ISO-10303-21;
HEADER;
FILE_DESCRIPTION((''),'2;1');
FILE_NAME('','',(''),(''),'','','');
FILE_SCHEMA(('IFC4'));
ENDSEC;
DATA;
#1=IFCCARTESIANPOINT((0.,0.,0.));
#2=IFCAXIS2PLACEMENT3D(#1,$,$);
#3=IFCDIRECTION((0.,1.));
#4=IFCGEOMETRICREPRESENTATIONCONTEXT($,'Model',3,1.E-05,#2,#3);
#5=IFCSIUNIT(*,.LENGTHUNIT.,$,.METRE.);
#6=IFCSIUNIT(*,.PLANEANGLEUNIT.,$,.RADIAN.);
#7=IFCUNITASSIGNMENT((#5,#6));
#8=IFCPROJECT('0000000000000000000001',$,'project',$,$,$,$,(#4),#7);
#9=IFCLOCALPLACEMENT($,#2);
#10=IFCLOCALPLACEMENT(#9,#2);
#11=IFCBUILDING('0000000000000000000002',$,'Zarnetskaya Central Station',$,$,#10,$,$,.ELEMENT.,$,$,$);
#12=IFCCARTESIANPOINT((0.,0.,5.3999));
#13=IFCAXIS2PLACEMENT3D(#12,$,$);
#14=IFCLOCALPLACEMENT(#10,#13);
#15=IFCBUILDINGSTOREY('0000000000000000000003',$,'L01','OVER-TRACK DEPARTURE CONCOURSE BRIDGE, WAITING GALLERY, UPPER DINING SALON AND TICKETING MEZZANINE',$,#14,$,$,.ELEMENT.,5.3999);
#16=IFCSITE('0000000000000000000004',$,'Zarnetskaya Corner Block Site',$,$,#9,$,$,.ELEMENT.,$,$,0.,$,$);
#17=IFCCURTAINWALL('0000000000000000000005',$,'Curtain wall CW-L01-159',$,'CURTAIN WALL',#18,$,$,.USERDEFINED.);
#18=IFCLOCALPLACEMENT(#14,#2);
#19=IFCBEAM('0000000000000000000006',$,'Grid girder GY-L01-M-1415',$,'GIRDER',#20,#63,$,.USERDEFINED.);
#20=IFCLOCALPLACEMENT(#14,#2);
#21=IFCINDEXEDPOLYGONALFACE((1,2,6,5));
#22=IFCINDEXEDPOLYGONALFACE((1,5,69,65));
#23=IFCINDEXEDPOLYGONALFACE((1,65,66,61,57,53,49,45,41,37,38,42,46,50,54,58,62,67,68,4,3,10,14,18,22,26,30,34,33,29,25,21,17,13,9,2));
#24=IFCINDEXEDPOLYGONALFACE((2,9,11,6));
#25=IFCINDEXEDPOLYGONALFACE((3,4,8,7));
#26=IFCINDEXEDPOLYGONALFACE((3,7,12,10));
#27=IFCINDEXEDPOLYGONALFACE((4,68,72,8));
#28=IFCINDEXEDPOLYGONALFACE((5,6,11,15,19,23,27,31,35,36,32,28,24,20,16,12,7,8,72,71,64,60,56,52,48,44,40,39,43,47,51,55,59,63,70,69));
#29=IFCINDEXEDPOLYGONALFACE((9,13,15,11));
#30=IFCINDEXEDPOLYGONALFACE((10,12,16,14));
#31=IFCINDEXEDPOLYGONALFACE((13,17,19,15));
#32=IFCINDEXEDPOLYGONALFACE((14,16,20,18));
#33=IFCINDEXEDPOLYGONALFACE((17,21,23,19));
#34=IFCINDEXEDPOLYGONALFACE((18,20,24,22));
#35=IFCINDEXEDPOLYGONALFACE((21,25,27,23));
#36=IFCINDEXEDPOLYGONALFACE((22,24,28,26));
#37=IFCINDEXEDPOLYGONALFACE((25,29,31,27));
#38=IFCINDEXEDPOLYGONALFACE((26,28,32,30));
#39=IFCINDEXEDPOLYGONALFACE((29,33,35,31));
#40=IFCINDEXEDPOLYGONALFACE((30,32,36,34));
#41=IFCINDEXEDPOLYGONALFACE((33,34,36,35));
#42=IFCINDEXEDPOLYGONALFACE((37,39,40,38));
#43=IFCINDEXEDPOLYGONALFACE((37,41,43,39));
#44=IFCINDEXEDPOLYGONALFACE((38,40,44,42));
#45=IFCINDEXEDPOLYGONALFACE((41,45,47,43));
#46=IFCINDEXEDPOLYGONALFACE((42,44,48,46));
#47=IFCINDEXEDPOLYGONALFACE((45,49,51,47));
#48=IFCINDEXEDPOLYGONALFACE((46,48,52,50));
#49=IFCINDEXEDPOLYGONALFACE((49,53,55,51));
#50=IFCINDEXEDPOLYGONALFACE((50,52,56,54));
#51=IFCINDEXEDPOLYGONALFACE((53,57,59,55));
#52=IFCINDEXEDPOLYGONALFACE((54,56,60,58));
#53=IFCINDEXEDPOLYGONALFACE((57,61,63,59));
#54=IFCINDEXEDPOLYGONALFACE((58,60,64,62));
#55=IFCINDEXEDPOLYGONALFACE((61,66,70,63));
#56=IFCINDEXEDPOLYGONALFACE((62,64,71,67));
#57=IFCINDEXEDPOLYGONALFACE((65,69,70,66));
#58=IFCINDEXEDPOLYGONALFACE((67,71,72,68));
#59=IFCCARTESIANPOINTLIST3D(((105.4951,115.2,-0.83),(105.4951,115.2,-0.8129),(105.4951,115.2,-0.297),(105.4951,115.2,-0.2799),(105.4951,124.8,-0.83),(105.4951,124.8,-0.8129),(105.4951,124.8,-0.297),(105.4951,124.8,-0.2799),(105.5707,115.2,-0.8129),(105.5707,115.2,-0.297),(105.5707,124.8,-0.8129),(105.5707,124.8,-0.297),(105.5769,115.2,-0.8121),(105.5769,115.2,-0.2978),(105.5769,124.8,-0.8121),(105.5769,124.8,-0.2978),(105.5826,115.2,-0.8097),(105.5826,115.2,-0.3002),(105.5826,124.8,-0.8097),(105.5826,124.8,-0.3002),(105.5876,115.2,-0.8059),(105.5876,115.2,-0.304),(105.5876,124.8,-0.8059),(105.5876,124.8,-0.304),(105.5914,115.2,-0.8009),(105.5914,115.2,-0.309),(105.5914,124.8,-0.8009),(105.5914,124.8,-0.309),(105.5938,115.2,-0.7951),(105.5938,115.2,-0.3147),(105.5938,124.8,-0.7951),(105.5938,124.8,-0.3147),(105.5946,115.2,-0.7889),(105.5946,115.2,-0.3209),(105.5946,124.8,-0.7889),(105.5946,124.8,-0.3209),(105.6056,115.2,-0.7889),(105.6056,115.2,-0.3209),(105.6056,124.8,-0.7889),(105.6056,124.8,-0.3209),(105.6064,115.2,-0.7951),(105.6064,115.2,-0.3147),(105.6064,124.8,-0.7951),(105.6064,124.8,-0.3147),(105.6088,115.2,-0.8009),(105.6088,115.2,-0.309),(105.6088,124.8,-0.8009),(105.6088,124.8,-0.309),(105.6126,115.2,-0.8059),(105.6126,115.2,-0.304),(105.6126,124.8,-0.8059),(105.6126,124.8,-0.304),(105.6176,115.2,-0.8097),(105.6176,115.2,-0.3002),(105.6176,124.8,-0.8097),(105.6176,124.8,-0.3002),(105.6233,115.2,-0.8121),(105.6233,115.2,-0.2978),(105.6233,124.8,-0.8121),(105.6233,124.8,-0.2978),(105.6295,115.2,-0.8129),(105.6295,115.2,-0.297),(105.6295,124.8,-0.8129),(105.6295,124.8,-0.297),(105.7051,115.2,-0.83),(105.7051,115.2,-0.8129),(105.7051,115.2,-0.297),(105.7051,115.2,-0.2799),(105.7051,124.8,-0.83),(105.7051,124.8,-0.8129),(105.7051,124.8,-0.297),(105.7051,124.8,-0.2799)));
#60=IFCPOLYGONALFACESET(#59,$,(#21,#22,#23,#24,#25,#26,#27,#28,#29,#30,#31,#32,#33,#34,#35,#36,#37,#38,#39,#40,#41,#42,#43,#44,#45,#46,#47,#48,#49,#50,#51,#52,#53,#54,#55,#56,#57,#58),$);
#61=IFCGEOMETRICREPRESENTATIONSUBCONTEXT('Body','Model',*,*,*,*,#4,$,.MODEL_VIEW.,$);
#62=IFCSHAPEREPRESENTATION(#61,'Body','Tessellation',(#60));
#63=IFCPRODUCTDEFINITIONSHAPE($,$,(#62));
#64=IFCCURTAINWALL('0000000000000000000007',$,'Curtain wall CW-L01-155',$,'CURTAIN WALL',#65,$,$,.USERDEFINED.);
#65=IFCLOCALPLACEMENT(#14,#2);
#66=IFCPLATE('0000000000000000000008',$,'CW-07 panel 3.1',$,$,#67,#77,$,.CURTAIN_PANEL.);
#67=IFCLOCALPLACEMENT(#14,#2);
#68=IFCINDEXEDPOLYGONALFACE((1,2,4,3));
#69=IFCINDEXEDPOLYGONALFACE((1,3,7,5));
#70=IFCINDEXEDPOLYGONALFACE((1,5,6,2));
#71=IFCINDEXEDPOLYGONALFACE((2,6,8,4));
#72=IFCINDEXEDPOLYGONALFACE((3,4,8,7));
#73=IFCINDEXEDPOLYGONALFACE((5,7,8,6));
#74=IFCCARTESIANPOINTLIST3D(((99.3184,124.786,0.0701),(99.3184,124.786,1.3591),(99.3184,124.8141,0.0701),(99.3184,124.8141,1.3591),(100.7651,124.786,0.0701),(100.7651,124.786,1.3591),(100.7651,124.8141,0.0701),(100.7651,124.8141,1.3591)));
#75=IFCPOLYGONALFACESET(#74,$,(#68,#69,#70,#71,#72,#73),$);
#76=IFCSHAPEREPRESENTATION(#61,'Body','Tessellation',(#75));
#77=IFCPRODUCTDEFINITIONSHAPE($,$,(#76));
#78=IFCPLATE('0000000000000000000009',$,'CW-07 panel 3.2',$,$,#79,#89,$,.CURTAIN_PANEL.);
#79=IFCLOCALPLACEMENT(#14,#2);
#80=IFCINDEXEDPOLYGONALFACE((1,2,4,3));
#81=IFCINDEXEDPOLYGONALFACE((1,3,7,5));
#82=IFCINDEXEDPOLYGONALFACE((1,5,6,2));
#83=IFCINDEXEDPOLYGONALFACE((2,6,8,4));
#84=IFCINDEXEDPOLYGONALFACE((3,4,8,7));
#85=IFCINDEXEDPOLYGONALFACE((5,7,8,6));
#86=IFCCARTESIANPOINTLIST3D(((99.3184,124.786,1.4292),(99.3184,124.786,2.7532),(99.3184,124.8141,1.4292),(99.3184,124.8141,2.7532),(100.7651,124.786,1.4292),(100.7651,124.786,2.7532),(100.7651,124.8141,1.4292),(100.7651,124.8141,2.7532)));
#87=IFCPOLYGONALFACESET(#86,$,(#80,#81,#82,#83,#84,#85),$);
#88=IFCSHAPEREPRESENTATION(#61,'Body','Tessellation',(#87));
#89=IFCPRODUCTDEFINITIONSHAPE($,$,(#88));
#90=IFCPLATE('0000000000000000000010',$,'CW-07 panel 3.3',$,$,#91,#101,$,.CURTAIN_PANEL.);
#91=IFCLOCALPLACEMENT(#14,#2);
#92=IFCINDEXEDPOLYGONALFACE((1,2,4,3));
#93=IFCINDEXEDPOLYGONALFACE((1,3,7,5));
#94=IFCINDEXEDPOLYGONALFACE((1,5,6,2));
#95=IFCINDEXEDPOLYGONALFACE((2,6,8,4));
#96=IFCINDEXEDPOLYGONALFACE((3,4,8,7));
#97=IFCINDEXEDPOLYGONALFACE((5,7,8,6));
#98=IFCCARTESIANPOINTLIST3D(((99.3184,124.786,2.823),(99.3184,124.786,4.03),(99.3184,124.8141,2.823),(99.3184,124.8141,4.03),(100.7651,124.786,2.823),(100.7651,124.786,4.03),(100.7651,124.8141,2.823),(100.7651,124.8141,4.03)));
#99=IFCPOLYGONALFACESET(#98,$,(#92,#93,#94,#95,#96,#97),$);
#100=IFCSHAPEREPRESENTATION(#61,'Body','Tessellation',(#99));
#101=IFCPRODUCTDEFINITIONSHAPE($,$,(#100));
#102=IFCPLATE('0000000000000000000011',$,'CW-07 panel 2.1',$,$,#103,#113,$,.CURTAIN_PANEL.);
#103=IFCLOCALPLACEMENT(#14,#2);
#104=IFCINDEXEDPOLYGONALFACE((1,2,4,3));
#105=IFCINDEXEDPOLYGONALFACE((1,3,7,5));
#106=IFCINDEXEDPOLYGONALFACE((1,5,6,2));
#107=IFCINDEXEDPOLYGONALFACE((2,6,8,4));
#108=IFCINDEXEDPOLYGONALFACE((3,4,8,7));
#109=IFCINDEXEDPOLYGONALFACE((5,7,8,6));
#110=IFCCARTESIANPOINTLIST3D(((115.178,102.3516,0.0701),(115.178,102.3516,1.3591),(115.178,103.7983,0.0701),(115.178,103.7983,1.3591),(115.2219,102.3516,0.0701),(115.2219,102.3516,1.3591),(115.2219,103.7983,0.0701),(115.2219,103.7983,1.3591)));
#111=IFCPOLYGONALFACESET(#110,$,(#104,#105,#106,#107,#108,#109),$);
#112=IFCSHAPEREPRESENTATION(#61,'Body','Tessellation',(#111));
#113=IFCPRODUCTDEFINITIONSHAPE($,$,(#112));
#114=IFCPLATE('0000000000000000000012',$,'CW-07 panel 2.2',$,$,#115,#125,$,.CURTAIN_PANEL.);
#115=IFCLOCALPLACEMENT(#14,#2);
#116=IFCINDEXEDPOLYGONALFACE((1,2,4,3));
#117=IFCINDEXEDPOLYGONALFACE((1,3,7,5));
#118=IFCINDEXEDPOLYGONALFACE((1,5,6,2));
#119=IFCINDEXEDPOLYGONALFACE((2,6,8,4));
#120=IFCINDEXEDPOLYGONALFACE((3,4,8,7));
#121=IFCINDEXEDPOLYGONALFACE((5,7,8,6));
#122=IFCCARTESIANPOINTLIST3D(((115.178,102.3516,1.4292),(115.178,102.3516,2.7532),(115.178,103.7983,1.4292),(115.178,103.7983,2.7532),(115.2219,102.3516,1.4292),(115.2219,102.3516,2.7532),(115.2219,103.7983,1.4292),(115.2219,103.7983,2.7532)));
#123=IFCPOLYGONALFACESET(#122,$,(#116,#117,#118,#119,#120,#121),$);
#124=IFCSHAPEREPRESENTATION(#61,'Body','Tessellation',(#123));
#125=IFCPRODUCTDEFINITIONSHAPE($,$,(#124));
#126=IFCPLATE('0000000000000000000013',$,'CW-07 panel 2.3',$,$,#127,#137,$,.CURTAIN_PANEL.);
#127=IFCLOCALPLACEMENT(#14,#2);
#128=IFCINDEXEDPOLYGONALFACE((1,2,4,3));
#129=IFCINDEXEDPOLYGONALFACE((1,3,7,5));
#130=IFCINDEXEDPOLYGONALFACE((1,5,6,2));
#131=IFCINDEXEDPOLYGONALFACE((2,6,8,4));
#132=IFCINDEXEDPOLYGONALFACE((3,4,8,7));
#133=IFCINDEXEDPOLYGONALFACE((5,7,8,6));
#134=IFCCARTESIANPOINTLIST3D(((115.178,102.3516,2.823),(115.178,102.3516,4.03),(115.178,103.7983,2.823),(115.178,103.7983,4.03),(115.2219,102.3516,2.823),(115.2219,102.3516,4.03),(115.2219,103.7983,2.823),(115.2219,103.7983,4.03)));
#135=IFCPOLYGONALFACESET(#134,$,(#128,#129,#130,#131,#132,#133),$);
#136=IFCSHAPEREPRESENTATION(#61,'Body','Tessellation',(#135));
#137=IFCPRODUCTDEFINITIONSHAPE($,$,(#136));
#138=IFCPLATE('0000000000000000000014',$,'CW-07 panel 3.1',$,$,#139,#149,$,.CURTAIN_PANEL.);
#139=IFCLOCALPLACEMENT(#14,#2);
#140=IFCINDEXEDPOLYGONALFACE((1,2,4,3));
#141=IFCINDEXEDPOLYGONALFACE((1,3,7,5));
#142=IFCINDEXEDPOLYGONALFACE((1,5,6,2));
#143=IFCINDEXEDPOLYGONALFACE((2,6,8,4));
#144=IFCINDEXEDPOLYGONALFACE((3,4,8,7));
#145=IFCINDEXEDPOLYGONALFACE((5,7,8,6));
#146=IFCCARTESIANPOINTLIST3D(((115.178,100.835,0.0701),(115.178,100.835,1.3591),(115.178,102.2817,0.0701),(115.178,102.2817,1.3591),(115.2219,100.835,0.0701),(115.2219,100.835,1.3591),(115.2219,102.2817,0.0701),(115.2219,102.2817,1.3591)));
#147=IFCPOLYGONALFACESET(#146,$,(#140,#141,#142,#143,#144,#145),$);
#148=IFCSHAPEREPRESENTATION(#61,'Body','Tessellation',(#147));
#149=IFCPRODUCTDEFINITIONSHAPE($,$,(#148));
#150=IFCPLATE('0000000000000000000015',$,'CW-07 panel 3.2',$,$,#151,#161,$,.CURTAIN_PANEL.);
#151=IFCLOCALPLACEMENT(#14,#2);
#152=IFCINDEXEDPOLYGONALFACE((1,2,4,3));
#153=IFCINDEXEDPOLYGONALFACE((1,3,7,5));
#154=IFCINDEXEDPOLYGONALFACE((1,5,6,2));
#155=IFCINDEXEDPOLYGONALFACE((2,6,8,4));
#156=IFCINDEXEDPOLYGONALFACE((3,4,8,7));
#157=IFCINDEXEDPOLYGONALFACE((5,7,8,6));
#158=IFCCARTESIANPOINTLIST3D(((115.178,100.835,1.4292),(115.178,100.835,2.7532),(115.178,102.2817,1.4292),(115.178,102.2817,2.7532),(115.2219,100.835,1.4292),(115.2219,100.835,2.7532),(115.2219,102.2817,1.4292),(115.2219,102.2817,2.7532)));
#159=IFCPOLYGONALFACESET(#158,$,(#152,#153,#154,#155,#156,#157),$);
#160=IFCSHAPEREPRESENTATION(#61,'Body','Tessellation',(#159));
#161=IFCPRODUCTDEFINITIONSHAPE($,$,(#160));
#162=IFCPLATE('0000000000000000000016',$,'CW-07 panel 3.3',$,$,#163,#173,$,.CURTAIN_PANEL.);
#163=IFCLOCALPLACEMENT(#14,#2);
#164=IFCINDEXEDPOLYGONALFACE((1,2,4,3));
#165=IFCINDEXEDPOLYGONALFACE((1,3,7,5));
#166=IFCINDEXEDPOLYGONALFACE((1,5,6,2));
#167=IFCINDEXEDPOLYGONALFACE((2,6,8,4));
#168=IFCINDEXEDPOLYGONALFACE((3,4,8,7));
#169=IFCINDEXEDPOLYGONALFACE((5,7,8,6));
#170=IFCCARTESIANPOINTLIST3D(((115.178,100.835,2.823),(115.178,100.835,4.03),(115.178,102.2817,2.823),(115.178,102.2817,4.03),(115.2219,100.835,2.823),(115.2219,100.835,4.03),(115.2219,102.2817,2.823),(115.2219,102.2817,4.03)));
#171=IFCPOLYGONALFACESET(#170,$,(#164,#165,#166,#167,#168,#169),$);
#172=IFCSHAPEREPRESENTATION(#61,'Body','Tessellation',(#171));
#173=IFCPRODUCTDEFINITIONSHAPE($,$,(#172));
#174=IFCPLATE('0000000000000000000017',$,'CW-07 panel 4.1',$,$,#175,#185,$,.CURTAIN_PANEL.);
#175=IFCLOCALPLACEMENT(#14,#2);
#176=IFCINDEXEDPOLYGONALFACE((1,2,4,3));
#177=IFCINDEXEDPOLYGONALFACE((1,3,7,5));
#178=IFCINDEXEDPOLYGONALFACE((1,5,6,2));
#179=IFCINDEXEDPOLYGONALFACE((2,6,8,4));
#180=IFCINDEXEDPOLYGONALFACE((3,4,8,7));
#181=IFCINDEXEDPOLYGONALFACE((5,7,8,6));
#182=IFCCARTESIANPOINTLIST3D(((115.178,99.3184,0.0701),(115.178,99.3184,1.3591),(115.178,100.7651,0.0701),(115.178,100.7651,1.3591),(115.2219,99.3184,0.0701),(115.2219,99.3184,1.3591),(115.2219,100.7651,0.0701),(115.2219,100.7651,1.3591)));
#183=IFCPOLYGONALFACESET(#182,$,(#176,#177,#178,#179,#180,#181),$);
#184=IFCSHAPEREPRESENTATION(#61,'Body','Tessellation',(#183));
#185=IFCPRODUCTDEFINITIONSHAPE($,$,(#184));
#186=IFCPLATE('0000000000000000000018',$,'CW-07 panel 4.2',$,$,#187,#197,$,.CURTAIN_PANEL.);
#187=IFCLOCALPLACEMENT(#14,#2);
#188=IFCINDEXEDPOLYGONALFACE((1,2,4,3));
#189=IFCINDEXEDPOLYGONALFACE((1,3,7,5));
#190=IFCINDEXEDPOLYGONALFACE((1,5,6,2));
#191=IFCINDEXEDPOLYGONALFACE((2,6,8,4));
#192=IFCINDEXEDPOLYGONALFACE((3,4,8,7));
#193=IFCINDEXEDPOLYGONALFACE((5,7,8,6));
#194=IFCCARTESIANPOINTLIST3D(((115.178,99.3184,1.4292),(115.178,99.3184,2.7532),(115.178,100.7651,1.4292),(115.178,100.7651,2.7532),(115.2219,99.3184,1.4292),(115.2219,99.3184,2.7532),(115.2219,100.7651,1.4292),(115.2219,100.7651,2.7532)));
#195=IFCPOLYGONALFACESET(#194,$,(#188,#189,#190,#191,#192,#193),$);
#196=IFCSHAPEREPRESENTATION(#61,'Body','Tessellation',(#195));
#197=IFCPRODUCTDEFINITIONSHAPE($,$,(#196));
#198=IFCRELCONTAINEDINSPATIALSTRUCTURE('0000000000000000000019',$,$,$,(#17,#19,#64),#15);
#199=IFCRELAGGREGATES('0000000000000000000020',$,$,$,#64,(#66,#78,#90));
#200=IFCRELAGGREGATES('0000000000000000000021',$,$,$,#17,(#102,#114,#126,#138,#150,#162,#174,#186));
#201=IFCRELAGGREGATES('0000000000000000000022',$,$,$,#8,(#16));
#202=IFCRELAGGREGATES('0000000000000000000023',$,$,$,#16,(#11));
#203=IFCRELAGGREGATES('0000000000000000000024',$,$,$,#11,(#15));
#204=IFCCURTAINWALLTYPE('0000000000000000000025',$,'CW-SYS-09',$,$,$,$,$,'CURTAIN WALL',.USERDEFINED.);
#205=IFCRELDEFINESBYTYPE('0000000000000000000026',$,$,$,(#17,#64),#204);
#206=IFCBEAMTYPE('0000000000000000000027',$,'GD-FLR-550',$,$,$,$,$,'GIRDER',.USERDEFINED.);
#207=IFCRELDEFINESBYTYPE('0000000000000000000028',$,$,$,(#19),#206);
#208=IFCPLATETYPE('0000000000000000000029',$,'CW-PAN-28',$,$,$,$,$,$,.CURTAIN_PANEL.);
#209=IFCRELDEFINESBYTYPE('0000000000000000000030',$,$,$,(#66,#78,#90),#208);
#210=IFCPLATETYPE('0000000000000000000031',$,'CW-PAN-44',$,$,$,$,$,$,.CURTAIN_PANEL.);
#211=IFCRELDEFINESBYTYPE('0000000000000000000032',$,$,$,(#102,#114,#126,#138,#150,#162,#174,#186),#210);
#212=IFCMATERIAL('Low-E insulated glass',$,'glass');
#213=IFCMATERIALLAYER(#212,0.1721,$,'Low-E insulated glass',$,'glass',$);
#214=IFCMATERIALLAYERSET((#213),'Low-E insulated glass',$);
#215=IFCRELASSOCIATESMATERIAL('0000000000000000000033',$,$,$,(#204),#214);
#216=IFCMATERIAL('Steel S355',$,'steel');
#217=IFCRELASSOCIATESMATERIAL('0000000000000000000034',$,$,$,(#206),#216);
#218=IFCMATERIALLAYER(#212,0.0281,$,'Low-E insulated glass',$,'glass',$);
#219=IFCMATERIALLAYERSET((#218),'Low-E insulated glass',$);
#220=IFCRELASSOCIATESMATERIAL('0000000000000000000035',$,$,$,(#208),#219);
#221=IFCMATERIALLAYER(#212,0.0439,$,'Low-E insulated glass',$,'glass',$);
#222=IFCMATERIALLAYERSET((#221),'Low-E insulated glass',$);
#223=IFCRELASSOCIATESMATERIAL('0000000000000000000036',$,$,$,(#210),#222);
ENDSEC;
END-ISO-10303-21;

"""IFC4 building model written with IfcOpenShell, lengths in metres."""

from ifc_helpers import new_model, si_unit, direction, frame, origin, origin_2d, place, context, subcontext, project, spatial, rectangle, i_section, extrude, material, layer, layer_set, material_profile, profile_set, type_object, element, aggregate, save


model = new_model("IFC4")

# Units and contexts
model_context = context("Model", 3, precision=1e-05, world=origin(), true_north=direction((0.0, 1.0)))
body_context = subcontext(model_context, "Body", "Model", "MODEL_VIEW")
ifc_project = project(units=[si_unit("LENGTHUNIT", "METRE"), si_unit("PLANEANGLEUNIT", "RADIAN")], contexts=[model_context])

# Site, building, storey
site_placement = place(None, origin())
site = spatial("IfcSite", under=ifc_project, at=site_placement, Name="Zarnetskaya Corner Block Site", CompositionType="ELEMENT", RefElevation=0.0)
building_placement = place(site_placement, origin())
building = spatial("IfcBuilding", under=site, at=building_placement, Name="Zarnetskaya Central Station", CompositionType="ELEMENT")
storey_placement = place(building_placement, frame((0.0, 0.0, 5.3999)))
storey = spatial("IfcBuildingStorey", under=building, at=storey_placement, Name="L01", Description="OVER-TRACK DEPARTURE CONCOURSE BRIDGE, WAITING GALLERY, UPPER DINING SALON AND TICKETING MEZZANINE", CompositionType="ELEMENT", Elevation=5.3999)

# Shared definitions
ifc_material_1 = material(Name="Steel S355", Category="steel")

# Curtain wall
ifc_material_2 = material(Name="Low-E insulated glass", Category="glass")
ifc_layer_1 = layer(ifc_material_2, 0.1721, Name="Low-E insulated glass", Category="glass")
ifc_layer_set_1 = layer_set([ifc_layer_1], Name="Low-E insulated glass")
curtain_wall_type = type_object("IfcCurtainWallType", Name="CW-SYS-09", ElementType="CURTAIN WALL", PredefinedType="USERDEFINED", material=ifc_layer_set_1)
curtain_wall_1_placement = place(storey_placement, origin())
curtain_wall_1 = element("IfcCurtainWall", 1, at=curtain_wall_1_placement, inside=storey, type_object=curtain_wall_type, Name="Curtain wall CW-L01-159", ObjectType="CURTAIN WALL", PredefinedType="USERDEFINED")

# Beam
ifc_material_profile_1 = material_profile(ifc_material_1, i_section(OverallWidth=0.21, OverallDepth=0.55, WebThickness=0.011, FlangeThickness=0.0171, FilletRadius=0.0239, at=origin_2d()), Name="IPE 550")
ifc_profile_set_1 = profile_set([ifc_material_profile_1], Name="Steel S355")
beam_type_1 = type_object("IfcBeamType", Name="GD-FLR-550", ElementType="GIRDER", PredefinedType="USERDEFINED", material=ifc_profile_set_1)
beam_1_placement = place(storey_placement, frame((105.6001, 115.2, -0.5549), z_axis=(0.0, 1.0, 0.0), x_axis=(-1.0, 0.0, 0.0)))
element("IfcBeam", 2, at=beam_1_placement, inside=storey, type_object=beam_type_1, Name="Grid girder GY-L01-M-1415", ObjectType="GIRDER", PredefinedType="USERDEFINED", context=body_context, shape_type="SweptSolid", body=[
    extrude(i_section(OverallWidth=0.21, OverallDepth=0.55, WebThickness=0.011, FlangeThickness=0.0171, FilletRadius=0.0239, at=origin_2d()), origin(), (0.0, 0.0, 1.0), 9.6001),
])

# Curtain wall, plates
curtain_wall_2_placement = place(storey_placement, origin())
curtain_wall_2 = element("IfcCurtainWall", 3, at=curtain_wall_2_placement, inside=storey, type_object=curtain_wall_type, Name="Curtain wall CW-L01-155", ObjectType="CURTAIN WALL", PredefinedType="USERDEFINED")
ifc_layer_2 = layer(ifc_material_2, 0.0281, Name="Low-E insulated glass", Category="glass")
ifc_layer_set_2 = layer_set([ifc_layer_2], Name="Low-E insulated glass")
plate_type_1 = type_object("IfcPlateType", Name="CW-PAN-28", PredefinedType="CURTAIN_PANEL", material=ifc_layer_set_2)
plate_1_placement = place(storey_placement, frame((100.0417, 124.8, 0.0701), z_axis=(0.0, 0.0, 1.0), x_axis=(1.0, 0.0, 0.0)))
plate_1 = element("IfcPlate", 4, at=plate_1_placement, type_object=plate_type_1, Name="CW-07 panel 3.1", PredefinedType="CURTAIN_PANEL", context=body_context, shape_type="SweptSolid", body=[
    extrude(rectangle(XDim=1.4468, YDim=0.0281, at=origin_2d()), origin(), (0.0, 0.0, 1.0), 1.2891),
])
plate_2_placement = place(storey_placement, frame((100.0417, 124.8, 1.4292), z_axis=(0.0, 0.0, 1.0), x_axis=(1.0, 0.0, 0.0)))
plate_2 = element("IfcPlate", 5, at=plate_2_placement, type_object=plate_type_1, Name="CW-07 panel 3.2", PredefinedType="CURTAIN_PANEL", context=body_context, shape_type="SweptSolid", body=[
    extrude(rectangle(XDim=1.4468, YDim=0.0281, at=origin_2d()), origin(), (0.0, 0.0, 1.0), 1.324),
])
plate_3_placement = place(storey_placement, frame((100.0417, 124.8, 2.823), z_axis=(0.0, 0.0, 1.0), x_axis=(1.0, 0.0, 0.0)))
plate_3 = element("IfcPlate", 6, at=plate_3_placement, type_object=plate_type_1, Name="CW-07 panel 3.3", PredefinedType="CURTAIN_PANEL", context=body_context, shape_type="SweptSolid", body=[
    extrude(rectangle(XDim=1.4468, YDim=0.0281, at=origin_2d()), origin(), (0.0, 0.0, 1.0), 1.207),
])
aggregate(curtain_wall_2, [plate_1, plate_2, plate_3])

# Plates
ifc_layer_3 = layer(ifc_material_2, 0.0439, Name="Low-E insulated glass", Category="glass")
ifc_layer_set_3 = layer_set([ifc_layer_3], Name="Low-E insulated glass")
plate_type_2 = type_object("IfcPlateType", Name="CW-PAN-44", PredefinedType="CURTAIN_PANEL", material=ifc_layer_set_3)
plate_4_placement = place(storey_placement, frame((115.2, 103.075, 0.0701), z_axis=(0.0, 0.0, 1.0), x_axis=(0.0, -1.0, 0.0)))
plate_4 = element("IfcPlate", 7, at=plate_4_placement, type_object=plate_type_2, Name="CW-07 panel 2.1", PredefinedType="CURTAIN_PANEL", context=body_context, shape_type="SweptSolid", body=[
    extrude(rectangle(XDim=1.4468, YDim=0.0439, at=origin_2d()), origin(), (0.0, 0.0, 1.0), 1.2891),
])
plate_5_placement = place(storey_placement, frame((115.2, 103.075, 1.4292), z_axis=(0.0, 0.0, 1.0), x_axis=(0.0, -1.0, 0.0)))
plate_5 = element("IfcPlate", 8, at=plate_5_placement, type_object=plate_type_2, Name="CW-07 panel 2.2", PredefinedType="CURTAIN_PANEL", context=body_context, shape_type="SweptSolid", body=[
    extrude(rectangle(XDim=1.4468, YDim=0.0439, at=origin_2d()), origin(), (0.0, 0.0, 1.0), 1.324),
])
plate_6_placement = place(storey_placement, frame((115.2, 103.075, 2.823), z_axis=(0.0, 0.0, 1.0), x_axis=(0.0, -1.0, 0.0)))
plate_6 = element("IfcPlate", 9, at=plate_6_placement, type_object=plate_type_2, Name="CW-07 panel 2.3", PredefinedType="CURTAIN_PANEL", context=body_context, shape_type="SweptSolid", body=[
    extrude(rectangle(XDim=1.4468, YDim=0.0439, at=origin_2d()), origin(), (0.0, 0.0, 1.0), 1.207),
])
plate_7_placement = place(storey_placement, frame((115.2, 101.5583, 0.0701), z_axis=(0.0, 0.0, 1.0), x_axis=(0.0, -1.0, 0.0)))
plate_7 = element("IfcPlate", 10, at=plate_7_placement, type_object=plate_type_2, Name="CW-07 panel 3.1", PredefinedType="CURTAIN_PANEL", context=body_context, shape_type="SweptSolid", body=[
    extrude(rectangle(XDim=1.4468, YDim=0.0439, at=origin_2d()), origin(), (0.0, 0.0, 1.0), 1.2891),
])
plate_8_placement = place(storey_placement, frame((115.2, 101.5583, 1.4292), z_axis=(0.0, 0.0, 1.0), x_axis=(0.0, -1.0, 0.0)))
plate_8 = element("IfcPlate", 11, at=plate_8_placement, type_object=plate_type_2, Name="CW-07 panel 3.2", PredefinedType="CURTAIN_PANEL", context=body_context, shape_type="SweptSolid", body=[
    extrude(rectangle(XDim=1.4468, YDim=0.0439, at=origin_2d()), origin(), (0.0, 0.0, 1.0), 1.324),
])
plate_9_placement = place(storey_placement, frame((115.2, 101.5583, 2.823), z_axis=(0.0, 0.0, 1.0), x_axis=(0.0, -1.0, 0.0)))
plate_9 = element("IfcPlate", 12, at=plate_9_placement, type_object=plate_type_2, Name="CW-07 panel 3.3", PredefinedType="CURTAIN_PANEL", context=body_context, shape_type="SweptSolid", body=[
    extrude(rectangle(XDim=1.4468, YDim=0.0439, at=origin_2d()), origin(), (0.0, 0.0, 1.0), 1.207),
])
plate_10_placement = place(storey_placement, frame((115.2, 100.0417, 0.0701), z_axis=(0.0, 0.0, 1.0), x_axis=(0.0, -1.0, 0.0)))
plate_10 = element("IfcPlate", 13, at=plate_10_placement, type_object=plate_type_2, Name="CW-07 panel 4.1", PredefinedType="CURTAIN_PANEL", context=body_context, shape_type="SweptSolid", body=[
    extrude(rectangle(XDim=1.4468, YDim=0.0439, at=origin_2d()), origin(), (0.0, 0.0, 1.0), 1.2891),
])
plate_11_placement = place(storey_placement, frame((115.2, 100.0417, 1.4292), z_axis=(0.0, 0.0, 1.0), x_axis=(0.0, -1.0, 0.0)))
plate_11 = element("IfcPlate", 14, at=plate_11_placement, type_object=plate_type_2, Name="CW-07 panel 4.2", PredefinedType="CURTAIN_PANEL", context=body_context, shape_type="SweptSolid", body=[
    extrude(rectangle(XDim=1.4468, YDim=0.0439, at=origin_2d()), origin(), (0.0, 0.0, 1.0), 1.324),
])
aggregate(curtain_wall_1, [plate_4, plate_5, plate_6, plate_7, plate_8, plate_9, plate_10, plate_11])

save(model, "model.ifc")
